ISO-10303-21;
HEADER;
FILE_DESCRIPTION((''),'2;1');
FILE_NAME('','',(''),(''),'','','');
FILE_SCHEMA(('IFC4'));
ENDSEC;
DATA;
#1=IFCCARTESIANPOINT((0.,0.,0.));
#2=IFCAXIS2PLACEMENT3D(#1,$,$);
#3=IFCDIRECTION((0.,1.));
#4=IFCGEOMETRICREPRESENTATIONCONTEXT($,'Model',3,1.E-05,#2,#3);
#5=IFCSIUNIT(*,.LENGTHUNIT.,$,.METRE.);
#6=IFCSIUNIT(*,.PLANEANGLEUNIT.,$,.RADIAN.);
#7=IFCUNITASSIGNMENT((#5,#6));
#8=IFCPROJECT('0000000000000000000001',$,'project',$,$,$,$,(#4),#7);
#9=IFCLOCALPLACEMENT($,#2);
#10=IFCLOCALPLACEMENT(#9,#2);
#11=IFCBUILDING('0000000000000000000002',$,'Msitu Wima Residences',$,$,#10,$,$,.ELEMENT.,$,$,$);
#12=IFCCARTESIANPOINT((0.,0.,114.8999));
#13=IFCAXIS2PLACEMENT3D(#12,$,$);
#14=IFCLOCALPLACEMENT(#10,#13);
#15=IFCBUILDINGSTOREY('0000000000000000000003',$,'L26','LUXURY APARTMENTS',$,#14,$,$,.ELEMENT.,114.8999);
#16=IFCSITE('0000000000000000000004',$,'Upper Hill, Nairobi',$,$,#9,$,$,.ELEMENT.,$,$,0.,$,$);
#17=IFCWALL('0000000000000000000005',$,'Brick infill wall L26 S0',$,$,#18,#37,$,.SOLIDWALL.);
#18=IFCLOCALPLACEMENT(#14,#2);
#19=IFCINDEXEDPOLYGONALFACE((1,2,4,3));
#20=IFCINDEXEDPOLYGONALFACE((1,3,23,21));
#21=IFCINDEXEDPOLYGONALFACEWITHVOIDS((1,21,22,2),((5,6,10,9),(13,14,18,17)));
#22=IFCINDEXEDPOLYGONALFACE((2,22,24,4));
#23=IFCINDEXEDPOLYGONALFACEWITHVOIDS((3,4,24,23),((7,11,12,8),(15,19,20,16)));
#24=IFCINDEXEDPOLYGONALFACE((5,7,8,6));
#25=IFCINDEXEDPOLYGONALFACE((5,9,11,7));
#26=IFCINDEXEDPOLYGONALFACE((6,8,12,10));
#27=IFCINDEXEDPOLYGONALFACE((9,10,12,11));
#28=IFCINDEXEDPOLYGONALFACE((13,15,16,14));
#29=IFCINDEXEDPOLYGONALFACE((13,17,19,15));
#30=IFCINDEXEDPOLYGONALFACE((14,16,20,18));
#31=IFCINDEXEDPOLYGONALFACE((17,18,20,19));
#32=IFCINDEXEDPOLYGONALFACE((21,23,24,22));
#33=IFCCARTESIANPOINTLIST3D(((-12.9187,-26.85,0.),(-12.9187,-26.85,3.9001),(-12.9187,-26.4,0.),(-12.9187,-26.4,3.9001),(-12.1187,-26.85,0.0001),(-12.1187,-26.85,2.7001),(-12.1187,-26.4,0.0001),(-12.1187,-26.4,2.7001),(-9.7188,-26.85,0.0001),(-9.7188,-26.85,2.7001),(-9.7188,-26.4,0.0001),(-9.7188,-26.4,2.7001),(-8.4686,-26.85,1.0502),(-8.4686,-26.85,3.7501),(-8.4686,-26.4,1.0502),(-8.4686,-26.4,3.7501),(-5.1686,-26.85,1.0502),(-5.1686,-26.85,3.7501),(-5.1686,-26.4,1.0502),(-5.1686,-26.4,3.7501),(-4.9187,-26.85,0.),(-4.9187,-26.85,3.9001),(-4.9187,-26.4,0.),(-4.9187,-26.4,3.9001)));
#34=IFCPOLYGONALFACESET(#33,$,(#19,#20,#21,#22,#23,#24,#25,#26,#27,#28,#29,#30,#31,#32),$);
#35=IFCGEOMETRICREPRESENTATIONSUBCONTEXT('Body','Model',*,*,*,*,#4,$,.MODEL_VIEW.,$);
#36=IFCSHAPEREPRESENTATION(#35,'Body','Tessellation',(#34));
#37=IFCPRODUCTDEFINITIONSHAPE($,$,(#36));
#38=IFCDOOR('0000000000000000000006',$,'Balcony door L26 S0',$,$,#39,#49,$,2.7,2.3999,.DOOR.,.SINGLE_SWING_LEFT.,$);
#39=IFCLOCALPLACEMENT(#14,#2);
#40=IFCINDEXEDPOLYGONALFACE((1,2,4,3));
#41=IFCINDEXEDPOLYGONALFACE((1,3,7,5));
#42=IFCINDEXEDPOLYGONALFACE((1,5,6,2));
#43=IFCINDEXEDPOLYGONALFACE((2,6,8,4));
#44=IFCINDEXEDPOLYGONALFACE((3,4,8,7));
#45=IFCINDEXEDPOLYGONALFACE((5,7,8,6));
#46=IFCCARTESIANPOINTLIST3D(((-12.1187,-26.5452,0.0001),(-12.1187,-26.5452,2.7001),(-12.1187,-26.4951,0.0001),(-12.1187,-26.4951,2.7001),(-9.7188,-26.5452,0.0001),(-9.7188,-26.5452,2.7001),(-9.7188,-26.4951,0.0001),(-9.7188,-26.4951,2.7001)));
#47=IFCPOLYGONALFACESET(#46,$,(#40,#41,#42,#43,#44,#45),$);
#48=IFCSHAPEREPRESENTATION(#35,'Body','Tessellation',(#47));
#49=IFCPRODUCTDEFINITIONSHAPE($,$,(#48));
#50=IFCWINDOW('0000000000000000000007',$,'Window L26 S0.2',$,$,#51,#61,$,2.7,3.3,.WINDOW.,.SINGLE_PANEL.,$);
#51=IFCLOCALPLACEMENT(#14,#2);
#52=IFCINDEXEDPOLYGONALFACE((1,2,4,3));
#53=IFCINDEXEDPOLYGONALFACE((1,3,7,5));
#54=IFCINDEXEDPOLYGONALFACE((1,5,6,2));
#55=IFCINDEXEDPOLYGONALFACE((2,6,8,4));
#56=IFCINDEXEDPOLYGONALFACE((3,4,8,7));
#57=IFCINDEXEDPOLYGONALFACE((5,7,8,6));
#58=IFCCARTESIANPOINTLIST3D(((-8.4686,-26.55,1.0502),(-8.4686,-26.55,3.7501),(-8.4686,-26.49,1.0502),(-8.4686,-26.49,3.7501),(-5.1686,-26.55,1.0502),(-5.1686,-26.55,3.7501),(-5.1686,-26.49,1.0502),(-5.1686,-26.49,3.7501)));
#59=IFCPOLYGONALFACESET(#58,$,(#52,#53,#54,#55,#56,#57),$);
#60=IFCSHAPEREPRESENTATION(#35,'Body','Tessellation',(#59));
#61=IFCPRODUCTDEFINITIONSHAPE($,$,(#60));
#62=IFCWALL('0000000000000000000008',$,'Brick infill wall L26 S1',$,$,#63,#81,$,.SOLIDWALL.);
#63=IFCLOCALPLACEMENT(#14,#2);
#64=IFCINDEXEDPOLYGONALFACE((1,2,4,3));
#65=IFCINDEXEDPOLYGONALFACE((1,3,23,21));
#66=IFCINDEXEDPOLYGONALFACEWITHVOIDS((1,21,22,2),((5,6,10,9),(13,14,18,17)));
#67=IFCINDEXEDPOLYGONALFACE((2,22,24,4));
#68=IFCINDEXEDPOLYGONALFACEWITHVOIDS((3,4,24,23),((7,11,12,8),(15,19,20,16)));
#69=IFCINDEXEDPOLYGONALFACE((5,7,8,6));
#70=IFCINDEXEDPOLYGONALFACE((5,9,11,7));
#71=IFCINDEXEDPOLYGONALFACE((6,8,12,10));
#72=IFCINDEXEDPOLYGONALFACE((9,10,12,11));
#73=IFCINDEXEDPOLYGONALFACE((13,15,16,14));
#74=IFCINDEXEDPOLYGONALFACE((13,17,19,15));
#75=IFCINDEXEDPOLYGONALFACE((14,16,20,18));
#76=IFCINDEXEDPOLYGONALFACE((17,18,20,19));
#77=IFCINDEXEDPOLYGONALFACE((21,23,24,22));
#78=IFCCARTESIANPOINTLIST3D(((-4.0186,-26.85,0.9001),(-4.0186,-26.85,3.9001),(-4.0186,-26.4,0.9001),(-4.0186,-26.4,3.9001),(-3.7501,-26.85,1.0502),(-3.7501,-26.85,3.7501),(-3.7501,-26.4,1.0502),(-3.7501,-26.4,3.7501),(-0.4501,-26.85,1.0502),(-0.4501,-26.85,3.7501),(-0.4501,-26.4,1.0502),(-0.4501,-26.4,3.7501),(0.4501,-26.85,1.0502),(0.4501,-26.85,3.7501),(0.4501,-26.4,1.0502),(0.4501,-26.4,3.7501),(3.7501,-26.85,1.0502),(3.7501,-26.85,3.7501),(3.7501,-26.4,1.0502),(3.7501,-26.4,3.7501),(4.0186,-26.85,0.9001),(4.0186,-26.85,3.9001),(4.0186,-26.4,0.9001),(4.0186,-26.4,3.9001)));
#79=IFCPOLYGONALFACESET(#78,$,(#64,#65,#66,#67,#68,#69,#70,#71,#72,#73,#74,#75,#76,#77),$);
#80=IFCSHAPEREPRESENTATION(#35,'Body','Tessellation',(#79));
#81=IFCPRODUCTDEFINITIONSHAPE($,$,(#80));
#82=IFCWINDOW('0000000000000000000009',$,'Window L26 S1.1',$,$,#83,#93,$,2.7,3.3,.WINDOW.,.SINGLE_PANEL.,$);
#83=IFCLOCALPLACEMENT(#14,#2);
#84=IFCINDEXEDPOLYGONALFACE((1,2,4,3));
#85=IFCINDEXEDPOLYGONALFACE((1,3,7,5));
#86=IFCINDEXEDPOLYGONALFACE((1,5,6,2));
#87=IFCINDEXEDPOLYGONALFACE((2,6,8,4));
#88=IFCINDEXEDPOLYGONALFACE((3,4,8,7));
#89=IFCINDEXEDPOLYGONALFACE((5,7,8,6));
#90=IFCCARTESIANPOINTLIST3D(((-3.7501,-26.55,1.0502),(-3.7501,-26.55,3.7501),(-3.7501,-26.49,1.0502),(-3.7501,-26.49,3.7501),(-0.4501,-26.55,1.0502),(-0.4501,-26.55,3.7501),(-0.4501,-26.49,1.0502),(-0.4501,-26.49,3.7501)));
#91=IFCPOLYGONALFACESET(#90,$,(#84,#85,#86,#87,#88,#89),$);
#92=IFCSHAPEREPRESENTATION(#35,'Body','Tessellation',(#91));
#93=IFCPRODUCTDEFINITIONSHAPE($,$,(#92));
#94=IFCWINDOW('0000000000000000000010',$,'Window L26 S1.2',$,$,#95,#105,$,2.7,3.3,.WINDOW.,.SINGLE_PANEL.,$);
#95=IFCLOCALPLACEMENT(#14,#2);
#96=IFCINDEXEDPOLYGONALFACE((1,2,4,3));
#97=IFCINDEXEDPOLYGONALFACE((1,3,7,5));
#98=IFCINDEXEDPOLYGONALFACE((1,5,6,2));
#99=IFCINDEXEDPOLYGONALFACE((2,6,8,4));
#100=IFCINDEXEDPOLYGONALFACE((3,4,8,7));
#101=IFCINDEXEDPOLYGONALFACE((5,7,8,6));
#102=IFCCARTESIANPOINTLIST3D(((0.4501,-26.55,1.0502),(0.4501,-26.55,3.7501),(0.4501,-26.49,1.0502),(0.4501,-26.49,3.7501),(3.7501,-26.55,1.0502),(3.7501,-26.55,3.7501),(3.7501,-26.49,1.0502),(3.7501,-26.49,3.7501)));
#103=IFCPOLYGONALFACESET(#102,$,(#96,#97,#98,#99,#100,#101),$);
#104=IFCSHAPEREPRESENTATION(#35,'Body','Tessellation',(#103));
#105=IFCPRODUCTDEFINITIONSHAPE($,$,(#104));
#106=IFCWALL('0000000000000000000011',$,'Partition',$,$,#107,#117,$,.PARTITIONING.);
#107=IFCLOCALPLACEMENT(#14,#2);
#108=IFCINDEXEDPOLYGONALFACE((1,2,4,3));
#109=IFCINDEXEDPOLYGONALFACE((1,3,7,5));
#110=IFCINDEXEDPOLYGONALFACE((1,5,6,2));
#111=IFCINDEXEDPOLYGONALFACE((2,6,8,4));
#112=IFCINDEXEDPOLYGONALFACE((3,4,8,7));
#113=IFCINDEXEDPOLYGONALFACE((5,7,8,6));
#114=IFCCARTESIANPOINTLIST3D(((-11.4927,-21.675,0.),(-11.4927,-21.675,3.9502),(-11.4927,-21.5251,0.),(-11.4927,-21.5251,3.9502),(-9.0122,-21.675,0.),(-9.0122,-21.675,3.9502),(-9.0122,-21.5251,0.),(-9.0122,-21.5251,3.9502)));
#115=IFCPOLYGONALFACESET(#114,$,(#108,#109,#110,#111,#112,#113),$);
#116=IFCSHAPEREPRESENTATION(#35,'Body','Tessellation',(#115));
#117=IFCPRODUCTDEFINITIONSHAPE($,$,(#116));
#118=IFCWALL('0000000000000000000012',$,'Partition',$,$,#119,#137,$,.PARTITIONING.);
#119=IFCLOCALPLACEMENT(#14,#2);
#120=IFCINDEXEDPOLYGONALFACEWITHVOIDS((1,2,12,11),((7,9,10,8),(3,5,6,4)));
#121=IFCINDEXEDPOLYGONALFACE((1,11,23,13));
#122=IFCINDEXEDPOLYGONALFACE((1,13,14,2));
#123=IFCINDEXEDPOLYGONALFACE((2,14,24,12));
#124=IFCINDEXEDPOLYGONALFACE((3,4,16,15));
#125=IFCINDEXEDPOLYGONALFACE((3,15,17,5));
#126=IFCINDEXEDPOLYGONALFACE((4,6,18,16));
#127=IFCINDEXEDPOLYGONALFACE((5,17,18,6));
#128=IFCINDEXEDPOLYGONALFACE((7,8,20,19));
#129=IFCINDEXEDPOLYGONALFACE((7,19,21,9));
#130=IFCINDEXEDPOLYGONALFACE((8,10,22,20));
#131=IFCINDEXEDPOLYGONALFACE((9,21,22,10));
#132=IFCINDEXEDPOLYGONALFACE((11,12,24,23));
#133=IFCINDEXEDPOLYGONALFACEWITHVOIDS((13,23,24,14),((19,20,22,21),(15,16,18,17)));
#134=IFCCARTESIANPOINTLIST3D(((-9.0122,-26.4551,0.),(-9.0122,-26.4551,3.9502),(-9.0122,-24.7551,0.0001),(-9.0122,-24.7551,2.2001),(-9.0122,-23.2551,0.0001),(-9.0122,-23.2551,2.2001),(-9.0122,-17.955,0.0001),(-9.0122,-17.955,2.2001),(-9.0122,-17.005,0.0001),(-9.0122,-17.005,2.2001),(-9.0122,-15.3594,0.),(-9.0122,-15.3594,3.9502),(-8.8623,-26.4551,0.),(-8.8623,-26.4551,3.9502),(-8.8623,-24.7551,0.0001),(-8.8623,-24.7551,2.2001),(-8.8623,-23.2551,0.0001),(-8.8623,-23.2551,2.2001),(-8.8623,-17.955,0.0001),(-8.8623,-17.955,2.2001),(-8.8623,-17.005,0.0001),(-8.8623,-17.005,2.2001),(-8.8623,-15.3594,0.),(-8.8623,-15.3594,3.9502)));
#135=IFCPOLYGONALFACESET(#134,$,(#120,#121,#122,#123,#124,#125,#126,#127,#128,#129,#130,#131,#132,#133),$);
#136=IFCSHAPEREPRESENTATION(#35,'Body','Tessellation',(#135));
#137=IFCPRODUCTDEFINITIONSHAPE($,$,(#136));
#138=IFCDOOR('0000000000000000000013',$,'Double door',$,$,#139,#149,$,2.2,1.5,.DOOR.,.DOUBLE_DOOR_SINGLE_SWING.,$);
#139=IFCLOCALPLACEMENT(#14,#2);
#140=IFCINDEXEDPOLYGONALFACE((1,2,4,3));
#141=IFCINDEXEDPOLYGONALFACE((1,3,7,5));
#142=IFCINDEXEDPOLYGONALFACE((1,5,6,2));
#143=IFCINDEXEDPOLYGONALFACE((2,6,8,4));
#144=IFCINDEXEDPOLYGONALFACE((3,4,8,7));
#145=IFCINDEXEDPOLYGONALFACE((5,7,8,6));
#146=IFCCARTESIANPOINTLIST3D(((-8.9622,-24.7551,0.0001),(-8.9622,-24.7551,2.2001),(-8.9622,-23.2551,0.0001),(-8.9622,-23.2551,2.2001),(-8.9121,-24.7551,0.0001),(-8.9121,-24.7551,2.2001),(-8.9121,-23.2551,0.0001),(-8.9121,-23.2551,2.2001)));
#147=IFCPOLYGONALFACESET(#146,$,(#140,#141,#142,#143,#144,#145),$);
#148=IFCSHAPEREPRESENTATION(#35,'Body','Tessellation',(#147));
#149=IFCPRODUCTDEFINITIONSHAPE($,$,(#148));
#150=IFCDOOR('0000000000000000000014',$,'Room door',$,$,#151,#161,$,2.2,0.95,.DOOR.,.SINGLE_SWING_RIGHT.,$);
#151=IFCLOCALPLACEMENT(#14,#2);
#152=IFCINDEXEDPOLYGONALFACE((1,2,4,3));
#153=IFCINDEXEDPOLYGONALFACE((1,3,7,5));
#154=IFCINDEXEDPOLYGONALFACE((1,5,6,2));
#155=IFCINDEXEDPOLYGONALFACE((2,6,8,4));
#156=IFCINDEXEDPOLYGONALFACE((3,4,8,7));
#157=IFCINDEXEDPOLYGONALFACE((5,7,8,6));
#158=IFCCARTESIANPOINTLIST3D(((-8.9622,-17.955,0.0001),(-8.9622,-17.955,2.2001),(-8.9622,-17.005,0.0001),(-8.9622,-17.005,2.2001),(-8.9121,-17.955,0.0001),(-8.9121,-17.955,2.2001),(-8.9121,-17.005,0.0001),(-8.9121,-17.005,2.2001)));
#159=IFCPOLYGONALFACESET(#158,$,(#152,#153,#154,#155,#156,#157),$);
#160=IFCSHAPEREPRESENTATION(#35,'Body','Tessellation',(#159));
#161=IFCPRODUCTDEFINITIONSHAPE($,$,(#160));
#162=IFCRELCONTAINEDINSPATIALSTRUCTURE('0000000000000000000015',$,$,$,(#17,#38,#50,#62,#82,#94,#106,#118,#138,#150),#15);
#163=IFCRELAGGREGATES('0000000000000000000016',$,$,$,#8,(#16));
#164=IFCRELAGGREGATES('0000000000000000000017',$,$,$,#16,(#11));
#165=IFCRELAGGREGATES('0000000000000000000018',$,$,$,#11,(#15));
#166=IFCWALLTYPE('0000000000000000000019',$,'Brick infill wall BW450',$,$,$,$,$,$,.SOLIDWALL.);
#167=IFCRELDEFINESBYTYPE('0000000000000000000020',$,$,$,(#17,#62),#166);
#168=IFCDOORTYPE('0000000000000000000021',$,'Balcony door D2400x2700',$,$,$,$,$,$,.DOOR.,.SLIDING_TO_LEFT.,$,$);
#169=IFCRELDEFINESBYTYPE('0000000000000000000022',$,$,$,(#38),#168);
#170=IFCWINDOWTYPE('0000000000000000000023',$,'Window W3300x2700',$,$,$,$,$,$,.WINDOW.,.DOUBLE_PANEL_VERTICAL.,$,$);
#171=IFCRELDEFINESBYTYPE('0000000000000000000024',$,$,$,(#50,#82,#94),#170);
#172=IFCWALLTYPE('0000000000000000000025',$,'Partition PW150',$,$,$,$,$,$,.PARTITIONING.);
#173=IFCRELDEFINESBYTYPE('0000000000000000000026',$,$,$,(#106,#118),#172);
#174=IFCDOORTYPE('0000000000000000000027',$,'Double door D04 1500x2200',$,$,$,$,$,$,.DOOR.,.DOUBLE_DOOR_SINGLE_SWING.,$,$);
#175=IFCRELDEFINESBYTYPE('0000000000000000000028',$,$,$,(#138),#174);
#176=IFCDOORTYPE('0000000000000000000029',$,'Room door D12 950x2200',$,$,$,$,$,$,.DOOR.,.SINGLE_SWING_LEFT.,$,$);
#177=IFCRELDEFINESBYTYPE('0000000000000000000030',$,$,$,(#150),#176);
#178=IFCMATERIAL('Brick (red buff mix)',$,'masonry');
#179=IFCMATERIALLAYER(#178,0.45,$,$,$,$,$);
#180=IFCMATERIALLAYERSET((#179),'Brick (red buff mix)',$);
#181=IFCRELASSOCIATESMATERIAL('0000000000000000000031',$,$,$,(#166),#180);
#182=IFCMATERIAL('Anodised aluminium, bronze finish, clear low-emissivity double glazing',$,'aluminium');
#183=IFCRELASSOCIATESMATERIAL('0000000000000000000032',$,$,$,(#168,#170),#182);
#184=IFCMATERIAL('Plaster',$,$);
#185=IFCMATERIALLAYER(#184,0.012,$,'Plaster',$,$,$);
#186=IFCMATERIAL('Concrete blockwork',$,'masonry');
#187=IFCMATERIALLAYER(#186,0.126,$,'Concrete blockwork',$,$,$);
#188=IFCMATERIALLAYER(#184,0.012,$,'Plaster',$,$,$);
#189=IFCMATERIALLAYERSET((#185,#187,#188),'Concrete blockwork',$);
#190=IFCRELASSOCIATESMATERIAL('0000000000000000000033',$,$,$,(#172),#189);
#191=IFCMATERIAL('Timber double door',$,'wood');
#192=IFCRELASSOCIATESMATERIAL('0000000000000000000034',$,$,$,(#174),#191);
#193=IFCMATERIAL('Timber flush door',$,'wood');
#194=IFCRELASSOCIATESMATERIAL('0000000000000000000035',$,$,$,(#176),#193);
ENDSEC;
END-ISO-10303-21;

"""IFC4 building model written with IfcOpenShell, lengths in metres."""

from ifc_helpers import new_model, si_unit, direction, frame, frame_2d, origin, place, context, subcontext, project, spatial, rectangle, extrude, material, layer, layer_set, type_object, element, fill, save


model = new_model("IFC4")

# Units and contexts
model_context = context("Model", 3, precision=1e-05, world=origin(), true_north=direction((0.0, 1.0)))
body_context = subcontext(model_context, "Body", "Model", "MODEL_VIEW")
ifc_project = project(units=[si_unit("LENGTHUNIT", "METRE"), si_unit("PLANEANGLEUNIT", "RADIAN")], contexts=[model_context])

# Site, building, storey
site_placement = place(None, origin())
site = spatial("IfcSite", under=ifc_project, at=site_placement, Name="Upper Hill, Nairobi", CompositionType="ELEMENT", RefElevation=0.0)
building_placement = place(site_placement, origin())
building = spatial("IfcBuilding", under=site, at=building_placement, Name="Msitu Wima Residences", CompositionType="ELEMENT")
storey_placement = place(building_placement, frame((0.0, 0.0, 114.8999)))
storey = spatial("IfcBuildingStorey", under=building, at=storey_placement, Name="L26", Description="LUXURY APARTMENTS", CompositionType="ELEMENT", Elevation=114.8999)

# Wall, openings, door, window
ifc_material_1 = material(Name="Brick (red buff mix)", Category="masonry")
ifc_layer_1 = layer(ifc_material_1, 0.45)
ifc_layer_set_1 = layer_set([ifc_layer_1], Name="Brick (red buff mix)")
wall_type_1 = type_object("IfcWallType", Name="Brick infill wall BW450", PredefinedType="SOLIDWALL", material=ifc_layer_set_1)
wall_1_placement = place(storey_placement, frame((-12.9187, -26.625, 0.0), z_axis=(0.0, 0.0, 1.0), x_axis=(1.0, 0.0, 0.0)))
wall_1 = element("IfcWall", 1, at=wall_1_placement, inside=storey, type_object=wall_type_1, Name="Brick infill wall L26 S0", PredefinedType="SOLIDWALL", context=body_context, shape_type="SweptSolid", body=[
    extrude(rectangle(XDim=8.0, YDim=0.45, at=frame_2d((4.0, 0.0))), origin(), (0.0, 0.0, 1.0), 3.9001),
])
opening_1_placement = place(wall_1_placement, frame((0.8, 0.0, 0.0)))
opening_1 = element("IfcOpeningElement", 2, at=opening_1_placement, cuts=wall_1, PredefinedType="OPENING", context=body_context, shape_type="SweptSolid", body=[
    extrude(rectangle(XDim=2.3999, YDim=2.7, at=frame_2d((1.2, 1.3501))), frame((0.0, 0.2349, 0.0), z_axis=(0.0, -1.0, 0.0), x_axis=(1.0, 0.0, 0.0)), (0.0, 0.0, 1.0), 0.47),
])
opening_2_placement = place(wall_1_placement, frame((4.4502, 0.0, 1.05)))
opening_2 = element("IfcOpeningElement", 3, at=opening_2_placement, cuts=wall_1, PredefinedType="OPENING", context=body_context, shape_type="SweptSolid", body=[
    extrude(rectangle(XDim=3.3, YDim=2.7, at=frame_2d((1.6499, 1.3501))), frame((0.0, 0.2349, 0.0), z_axis=(0.0, -1.0, 0.0), x_axis=(1.0, 0.0, 0.0)), (0.0, 0.0, 1.0), 0.47),
])
ifc_material_2 = material(Name="Anodised aluminium, bronze finish, clear low-emissivity double glazing", Category="aluminium")
door_type_1 = type_object("IfcDoorType", Name="Balcony door D2400x2700", OperationType="SLIDING_TO_LEFT", PredefinedType="DOOR", material=ifc_material_2)
door_1_placement = place(opening_1_placement, origin())
door_1 = element("IfcDoor", 4, at=door_1_placement, inside=storey, type_object=door_type_1, Name="Balcony door L26 S0", OperationType="SINGLE_SWING_LEFT", OverallHeight=2.7, OverallWidth=2.3999, PredefinedType="DOOR", context=body_context, shape_type="SweptSolid", body=[
    extrude(rectangle(XDim=2.3999, YDim=2.7, at=frame_2d((1.2, 1.3501))), frame((0.0, 0.1299, 0.0), z_axis=(0.0, -1.0, 0.0), x_axis=(1.0, 0.0, 0.0)), (0.0, 0.0, 1.0), 0.05),
])
fill(opening_1, door_1)
window_type = type_object("IfcWindowType", Name="Window W3300x2700", PartitioningType="DOUBLE_PANEL_VERTICAL", PredefinedType="WINDOW", material=ifc_material_2)
window_1_placement = place(opening_2_placement, origin())
window_1 = element("IfcWindow", 5, at=window_1_placement, inside=storey, type_object=window_type, Name="Window L26 S0.2", OverallHeight=2.7, OverallWidth=3.3, PartitioningType="SINGLE_PANEL", PredefinedType="WINDOW", context=body_context, shape_type="SweptSolid", body=[
    extrude(rectangle(XDim=3.3, YDim=2.7, at=frame_2d((1.6499, 1.3501))), frame((0.0, 0.135, 0.0), z_axis=(0.0, -1.0, 0.0), x_axis=(1.0, 0.0, 0.0)), (0.0, 0.0, 1.0), 0.0601),
])
fill(opening_2, window_1)

# Wall, openings, windows
wall_2_placement = place(storey_placement, frame((-4.0186, -26.625, 0.9001), z_axis=(0.0, 0.0, 1.0), x_axis=(1.0, 0.0, 0.0)))
wall_2 = element("IfcWall", 6, at=wall_2_placement, inside=storey, type_object=wall_type_1, Name="Brick infill wall L26 S1", PredefinedType="SOLIDWALL", context=body_context, shape_type="SweptSolid", body=[
    extrude(rectangle(XDim=8.0371, YDim=0.45, at=frame_2d((4.0186, 0.0))), origin(), (0.0, 0.0, 1.0), 3.0),
])
opening_3_placement = place(wall_2_placement, frame((0.2686, 0.0, 0.1499)))
opening_3 = element("IfcOpeningElement", 7, at=opening_3_placement, cuts=wall_2, PredefinedType="OPENING", context=body_context, shape_type="SweptSolid", body=[
    extrude(rectangle(XDim=3.3, YDim=2.7, at=frame_2d((1.6499, 1.3501))), frame((0.0, 0.2349, 0.0), z_axis=(0.0, -1.0, 0.0), x_axis=(1.0, 0.0, 0.0)), (0.0, 0.0, 1.0), 0.47),
])
opening_4_placement = place(wall_2_placement, frame((4.4688, 0.0, 0.1499)))
opening_4 = element("IfcOpeningElement", 8, at=opening_4_placement, cuts=wall_2, PredefinedType="OPENING", context=body_context, shape_type="SweptSolid", body=[
    extrude(rectangle(XDim=3.3, YDim=2.7, at=frame_2d((1.6499, 1.3501))), frame((0.0, 0.2349, 0.0), z_axis=(0.0, -1.0, 0.0), x_axis=(1.0, 0.0, 0.0)), (0.0, 0.0, 1.0), 0.47),
])
window_2_placement = place(opening_3_placement, origin())
window_2 = element("IfcWindow", 9, at=window_2_placement, inside=storey, type_object=window_type, Name="Window L26 S1.1", OverallHeight=2.7, OverallWidth=3.3, PartitioningType="SINGLE_PANEL", PredefinedType="WINDOW", context=body_context, shape_type="SweptSolid", body=[
    extrude(rectangle(XDim=3.3, YDim=2.7, at=frame_2d((1.6499, 1.3501))), frame((0.0, 0.135, 0.0), z_axis=(0.0, -1.0, 0.0), x_axis=(1.0, 0.0, 0.0)), (0.0, 0.0, 1.0), 0.0601),
])
fill(opening_3, window_2)
window_3_placement = place(opening_4_placement, origin())
window_3 = element("IfcWindow", 10, at=window_3_placement, inside=storey, type_object=window_type, Name="Window L26 S1.2", OverallHeight=2.7, OverallWidth=3.3, PartitioningType="SINGLE_PANEL", PredefinedType="WINDOW", context=body_context, shape_type="SweptSolid", body=[
    extrude(rectangle(XDim=3.3, YDim=2.7, at=frame_2d((1.6499, 1.3501))), frame((0.0, 0.135, 0.0), z_axis=(0.0, -1.0, 0.0), x_axis=(1.0, 0.0, 0.0)), (0.0, 0.0, 1.0), 0.0601),
])
fill(opening_4, window_3)

# Wall
ifc_material_3 = material(Name="Plaster")
ifc_layer_2 = layer(ifc_material_3, 0.012, Name="Plaster")
ifc_material_4 = material(Name="Concrete blockwork", Category="masonry")
ifc_layer_3 = layer(ifc_material_4, 0.126, Name="Concrete blockwork")
ifc_layer_4 = layer(ifc_material_3, 0.012, Name="Plaster")
ifc_layer_set_2 = layer_set([ifc_layer_2, ifc_layer_3, ifc_layer_4], Name="Concrete blockwork")
wall_type_2 = type_object("IfcWallType", Name="Partition PW150", PredefinedType="PARTITIONING", material=ifc_layer_set_2)
wall_3_placement = place(storey_placement, frame((-11.4927, -21.6001, 0.0), z_axis=(0.0, 0.0, 1.0), x_axis=(1.0, 0.0, 0.0)))
element("IfcWall", 11, at=wall_3_placement, inside=storey, type_object=wall_type_2, Name="Partition", PredefinedType="PARTITIONING", context=body_context, shape_type="SweptSolid", body=[
    extrude(rectangle(XDim=2.4805, YDim=0.1499, at=frame_2d((1.2402, 0.0))), origin(), (0.0, 0.0, 1.0), 3.9502),
])

# Wall, openings, doors
wall_4_placement = place(storey_placement, frame((-8.9373, -26.4551, 0.0), z_axis=(0.0, 0.0, 1.0), x_axis=(0.0, 1.0, 0.0)))
wall_4 = element("IfcWall", 12, at=wall_4_placement, inside=storey, type_object=wall_type_2, Name="Partition", PredefinedType="PARTITIONING", context=body_context, shape_type="SweptSolid", body=[
    extrude(rectangle(XDim=11.0957, YDim=0.1499, at=frame_2d((5.5479, 0.0))), origin(), (0.0, 0.0, 1.0), 3.9502),
])
opening_5_placement = place(wall_4_placement, frame((8.5, 0.0, 0.0)))
opening_5 = element("IfcOpeningElement", 13, at=opening_5_placement, cuts=wall_4, PredefinedType="OPENING", context=body_context, shape_type="SweptSolid", body=[
    extrude(rectangle(XDim=0.95, YDim=2.2, at=frame_2d((0.4751, 1.1001))), frame((0.0, 0.085, 0.0), z_axis=(0.0, -1.0, 0.0), x_axis=(1.0, 0.0, 0.0)), (0.0, 0.0, 1.0), 0.1699),
])
opening_6_placement = place(wall_4_placement, frame((1.7, 0.0, 0.0)))
opening_6 = element("IfcOpeningElement", 14, at=opening_6_placement, cuts=wall_4, PredefinedType="OPENING", context=body_context, shape_type="SweptSolid", body=[
    extrude(rectangle(XDim=1.5, YDim=2.2, at=frame_2d((0.75, 1.1001))), frame((0.0, 0.085, 0.0), z_axis=(0.0, -1.0, 0.0), x_axis=(1.0, 0.0, 0.0)), (0.0, 0.0, 1.0), 0.1699),
])
ifc_material_5 = material(Name="Timber double door", Category="wood")
door_type_2 = type_object("IfcDoorType", Name="Double door D04 1500x2200", OperationType="DOUBLE_DOOR_SINGLE_SWING", PredefinedType="DOOR", material=ifc_material_5)
door_2_placement = place(opening_6_placement, origin())
door_2 = element("IfcDoor", 15, at=door_2_placement, inside=storey, type_object=door_type_2, Name="Double door", OperationType="DOUBLE_DOOR_SINGLE_SWING", OverallHeight=2.2, OverallWidth=1.5, PredefinedType="DOOR", context=body_context, shape_type="SweptSolid", body=[
    extrude(rectangle(XDim=1.5, YDim=2.2, at=frame_2d((0.75, 1.1001))), frame((0.0, 0.0249, 0.0), z_axis=(0.0, -1.0, 0.0), x_axis=(1.0, 0.0, 0.0)), (0.0, 0.0, 1.0), 0.05),
])
fill(opening_6, door_2)
ifc_material_6 = material(Name="Timber flush door", Category="wood")
door_type_3 = type_object("IfcDoorType", Name="Room door D12 950x2200", OperationType="SINGLE_SWING_LEFT", PredefinedType="DOOR", material=ifc_material_6)
door_3_placement = place(opening_5_placement, origin())
door_3 = element("IfcDoor", 16, at=door_3_placement, inside=storey, type_object=door_type_3, Name="Room door", OperationType="SINGLE_SWING_RIGHT", OverallHeight=2.2, OverallWidth=0.95, PredefinedType="DOOR", context=body_context, shape_type="SweptSolid", body=[
    extrude(rectangle(XDim=0.95, YDim=2.2, at=frame_2d((0.4751, 1.1001))), frame((0.0, 0.0249, 0.0), z_axis=(0.0, -1.0, 0.0), x_axis=(1.0, 0.0, 0.0)), (0.0, 0.0, 1.0), 0.05),
])
fill(opening_5, door_3)

save(model, "model.ifc")
